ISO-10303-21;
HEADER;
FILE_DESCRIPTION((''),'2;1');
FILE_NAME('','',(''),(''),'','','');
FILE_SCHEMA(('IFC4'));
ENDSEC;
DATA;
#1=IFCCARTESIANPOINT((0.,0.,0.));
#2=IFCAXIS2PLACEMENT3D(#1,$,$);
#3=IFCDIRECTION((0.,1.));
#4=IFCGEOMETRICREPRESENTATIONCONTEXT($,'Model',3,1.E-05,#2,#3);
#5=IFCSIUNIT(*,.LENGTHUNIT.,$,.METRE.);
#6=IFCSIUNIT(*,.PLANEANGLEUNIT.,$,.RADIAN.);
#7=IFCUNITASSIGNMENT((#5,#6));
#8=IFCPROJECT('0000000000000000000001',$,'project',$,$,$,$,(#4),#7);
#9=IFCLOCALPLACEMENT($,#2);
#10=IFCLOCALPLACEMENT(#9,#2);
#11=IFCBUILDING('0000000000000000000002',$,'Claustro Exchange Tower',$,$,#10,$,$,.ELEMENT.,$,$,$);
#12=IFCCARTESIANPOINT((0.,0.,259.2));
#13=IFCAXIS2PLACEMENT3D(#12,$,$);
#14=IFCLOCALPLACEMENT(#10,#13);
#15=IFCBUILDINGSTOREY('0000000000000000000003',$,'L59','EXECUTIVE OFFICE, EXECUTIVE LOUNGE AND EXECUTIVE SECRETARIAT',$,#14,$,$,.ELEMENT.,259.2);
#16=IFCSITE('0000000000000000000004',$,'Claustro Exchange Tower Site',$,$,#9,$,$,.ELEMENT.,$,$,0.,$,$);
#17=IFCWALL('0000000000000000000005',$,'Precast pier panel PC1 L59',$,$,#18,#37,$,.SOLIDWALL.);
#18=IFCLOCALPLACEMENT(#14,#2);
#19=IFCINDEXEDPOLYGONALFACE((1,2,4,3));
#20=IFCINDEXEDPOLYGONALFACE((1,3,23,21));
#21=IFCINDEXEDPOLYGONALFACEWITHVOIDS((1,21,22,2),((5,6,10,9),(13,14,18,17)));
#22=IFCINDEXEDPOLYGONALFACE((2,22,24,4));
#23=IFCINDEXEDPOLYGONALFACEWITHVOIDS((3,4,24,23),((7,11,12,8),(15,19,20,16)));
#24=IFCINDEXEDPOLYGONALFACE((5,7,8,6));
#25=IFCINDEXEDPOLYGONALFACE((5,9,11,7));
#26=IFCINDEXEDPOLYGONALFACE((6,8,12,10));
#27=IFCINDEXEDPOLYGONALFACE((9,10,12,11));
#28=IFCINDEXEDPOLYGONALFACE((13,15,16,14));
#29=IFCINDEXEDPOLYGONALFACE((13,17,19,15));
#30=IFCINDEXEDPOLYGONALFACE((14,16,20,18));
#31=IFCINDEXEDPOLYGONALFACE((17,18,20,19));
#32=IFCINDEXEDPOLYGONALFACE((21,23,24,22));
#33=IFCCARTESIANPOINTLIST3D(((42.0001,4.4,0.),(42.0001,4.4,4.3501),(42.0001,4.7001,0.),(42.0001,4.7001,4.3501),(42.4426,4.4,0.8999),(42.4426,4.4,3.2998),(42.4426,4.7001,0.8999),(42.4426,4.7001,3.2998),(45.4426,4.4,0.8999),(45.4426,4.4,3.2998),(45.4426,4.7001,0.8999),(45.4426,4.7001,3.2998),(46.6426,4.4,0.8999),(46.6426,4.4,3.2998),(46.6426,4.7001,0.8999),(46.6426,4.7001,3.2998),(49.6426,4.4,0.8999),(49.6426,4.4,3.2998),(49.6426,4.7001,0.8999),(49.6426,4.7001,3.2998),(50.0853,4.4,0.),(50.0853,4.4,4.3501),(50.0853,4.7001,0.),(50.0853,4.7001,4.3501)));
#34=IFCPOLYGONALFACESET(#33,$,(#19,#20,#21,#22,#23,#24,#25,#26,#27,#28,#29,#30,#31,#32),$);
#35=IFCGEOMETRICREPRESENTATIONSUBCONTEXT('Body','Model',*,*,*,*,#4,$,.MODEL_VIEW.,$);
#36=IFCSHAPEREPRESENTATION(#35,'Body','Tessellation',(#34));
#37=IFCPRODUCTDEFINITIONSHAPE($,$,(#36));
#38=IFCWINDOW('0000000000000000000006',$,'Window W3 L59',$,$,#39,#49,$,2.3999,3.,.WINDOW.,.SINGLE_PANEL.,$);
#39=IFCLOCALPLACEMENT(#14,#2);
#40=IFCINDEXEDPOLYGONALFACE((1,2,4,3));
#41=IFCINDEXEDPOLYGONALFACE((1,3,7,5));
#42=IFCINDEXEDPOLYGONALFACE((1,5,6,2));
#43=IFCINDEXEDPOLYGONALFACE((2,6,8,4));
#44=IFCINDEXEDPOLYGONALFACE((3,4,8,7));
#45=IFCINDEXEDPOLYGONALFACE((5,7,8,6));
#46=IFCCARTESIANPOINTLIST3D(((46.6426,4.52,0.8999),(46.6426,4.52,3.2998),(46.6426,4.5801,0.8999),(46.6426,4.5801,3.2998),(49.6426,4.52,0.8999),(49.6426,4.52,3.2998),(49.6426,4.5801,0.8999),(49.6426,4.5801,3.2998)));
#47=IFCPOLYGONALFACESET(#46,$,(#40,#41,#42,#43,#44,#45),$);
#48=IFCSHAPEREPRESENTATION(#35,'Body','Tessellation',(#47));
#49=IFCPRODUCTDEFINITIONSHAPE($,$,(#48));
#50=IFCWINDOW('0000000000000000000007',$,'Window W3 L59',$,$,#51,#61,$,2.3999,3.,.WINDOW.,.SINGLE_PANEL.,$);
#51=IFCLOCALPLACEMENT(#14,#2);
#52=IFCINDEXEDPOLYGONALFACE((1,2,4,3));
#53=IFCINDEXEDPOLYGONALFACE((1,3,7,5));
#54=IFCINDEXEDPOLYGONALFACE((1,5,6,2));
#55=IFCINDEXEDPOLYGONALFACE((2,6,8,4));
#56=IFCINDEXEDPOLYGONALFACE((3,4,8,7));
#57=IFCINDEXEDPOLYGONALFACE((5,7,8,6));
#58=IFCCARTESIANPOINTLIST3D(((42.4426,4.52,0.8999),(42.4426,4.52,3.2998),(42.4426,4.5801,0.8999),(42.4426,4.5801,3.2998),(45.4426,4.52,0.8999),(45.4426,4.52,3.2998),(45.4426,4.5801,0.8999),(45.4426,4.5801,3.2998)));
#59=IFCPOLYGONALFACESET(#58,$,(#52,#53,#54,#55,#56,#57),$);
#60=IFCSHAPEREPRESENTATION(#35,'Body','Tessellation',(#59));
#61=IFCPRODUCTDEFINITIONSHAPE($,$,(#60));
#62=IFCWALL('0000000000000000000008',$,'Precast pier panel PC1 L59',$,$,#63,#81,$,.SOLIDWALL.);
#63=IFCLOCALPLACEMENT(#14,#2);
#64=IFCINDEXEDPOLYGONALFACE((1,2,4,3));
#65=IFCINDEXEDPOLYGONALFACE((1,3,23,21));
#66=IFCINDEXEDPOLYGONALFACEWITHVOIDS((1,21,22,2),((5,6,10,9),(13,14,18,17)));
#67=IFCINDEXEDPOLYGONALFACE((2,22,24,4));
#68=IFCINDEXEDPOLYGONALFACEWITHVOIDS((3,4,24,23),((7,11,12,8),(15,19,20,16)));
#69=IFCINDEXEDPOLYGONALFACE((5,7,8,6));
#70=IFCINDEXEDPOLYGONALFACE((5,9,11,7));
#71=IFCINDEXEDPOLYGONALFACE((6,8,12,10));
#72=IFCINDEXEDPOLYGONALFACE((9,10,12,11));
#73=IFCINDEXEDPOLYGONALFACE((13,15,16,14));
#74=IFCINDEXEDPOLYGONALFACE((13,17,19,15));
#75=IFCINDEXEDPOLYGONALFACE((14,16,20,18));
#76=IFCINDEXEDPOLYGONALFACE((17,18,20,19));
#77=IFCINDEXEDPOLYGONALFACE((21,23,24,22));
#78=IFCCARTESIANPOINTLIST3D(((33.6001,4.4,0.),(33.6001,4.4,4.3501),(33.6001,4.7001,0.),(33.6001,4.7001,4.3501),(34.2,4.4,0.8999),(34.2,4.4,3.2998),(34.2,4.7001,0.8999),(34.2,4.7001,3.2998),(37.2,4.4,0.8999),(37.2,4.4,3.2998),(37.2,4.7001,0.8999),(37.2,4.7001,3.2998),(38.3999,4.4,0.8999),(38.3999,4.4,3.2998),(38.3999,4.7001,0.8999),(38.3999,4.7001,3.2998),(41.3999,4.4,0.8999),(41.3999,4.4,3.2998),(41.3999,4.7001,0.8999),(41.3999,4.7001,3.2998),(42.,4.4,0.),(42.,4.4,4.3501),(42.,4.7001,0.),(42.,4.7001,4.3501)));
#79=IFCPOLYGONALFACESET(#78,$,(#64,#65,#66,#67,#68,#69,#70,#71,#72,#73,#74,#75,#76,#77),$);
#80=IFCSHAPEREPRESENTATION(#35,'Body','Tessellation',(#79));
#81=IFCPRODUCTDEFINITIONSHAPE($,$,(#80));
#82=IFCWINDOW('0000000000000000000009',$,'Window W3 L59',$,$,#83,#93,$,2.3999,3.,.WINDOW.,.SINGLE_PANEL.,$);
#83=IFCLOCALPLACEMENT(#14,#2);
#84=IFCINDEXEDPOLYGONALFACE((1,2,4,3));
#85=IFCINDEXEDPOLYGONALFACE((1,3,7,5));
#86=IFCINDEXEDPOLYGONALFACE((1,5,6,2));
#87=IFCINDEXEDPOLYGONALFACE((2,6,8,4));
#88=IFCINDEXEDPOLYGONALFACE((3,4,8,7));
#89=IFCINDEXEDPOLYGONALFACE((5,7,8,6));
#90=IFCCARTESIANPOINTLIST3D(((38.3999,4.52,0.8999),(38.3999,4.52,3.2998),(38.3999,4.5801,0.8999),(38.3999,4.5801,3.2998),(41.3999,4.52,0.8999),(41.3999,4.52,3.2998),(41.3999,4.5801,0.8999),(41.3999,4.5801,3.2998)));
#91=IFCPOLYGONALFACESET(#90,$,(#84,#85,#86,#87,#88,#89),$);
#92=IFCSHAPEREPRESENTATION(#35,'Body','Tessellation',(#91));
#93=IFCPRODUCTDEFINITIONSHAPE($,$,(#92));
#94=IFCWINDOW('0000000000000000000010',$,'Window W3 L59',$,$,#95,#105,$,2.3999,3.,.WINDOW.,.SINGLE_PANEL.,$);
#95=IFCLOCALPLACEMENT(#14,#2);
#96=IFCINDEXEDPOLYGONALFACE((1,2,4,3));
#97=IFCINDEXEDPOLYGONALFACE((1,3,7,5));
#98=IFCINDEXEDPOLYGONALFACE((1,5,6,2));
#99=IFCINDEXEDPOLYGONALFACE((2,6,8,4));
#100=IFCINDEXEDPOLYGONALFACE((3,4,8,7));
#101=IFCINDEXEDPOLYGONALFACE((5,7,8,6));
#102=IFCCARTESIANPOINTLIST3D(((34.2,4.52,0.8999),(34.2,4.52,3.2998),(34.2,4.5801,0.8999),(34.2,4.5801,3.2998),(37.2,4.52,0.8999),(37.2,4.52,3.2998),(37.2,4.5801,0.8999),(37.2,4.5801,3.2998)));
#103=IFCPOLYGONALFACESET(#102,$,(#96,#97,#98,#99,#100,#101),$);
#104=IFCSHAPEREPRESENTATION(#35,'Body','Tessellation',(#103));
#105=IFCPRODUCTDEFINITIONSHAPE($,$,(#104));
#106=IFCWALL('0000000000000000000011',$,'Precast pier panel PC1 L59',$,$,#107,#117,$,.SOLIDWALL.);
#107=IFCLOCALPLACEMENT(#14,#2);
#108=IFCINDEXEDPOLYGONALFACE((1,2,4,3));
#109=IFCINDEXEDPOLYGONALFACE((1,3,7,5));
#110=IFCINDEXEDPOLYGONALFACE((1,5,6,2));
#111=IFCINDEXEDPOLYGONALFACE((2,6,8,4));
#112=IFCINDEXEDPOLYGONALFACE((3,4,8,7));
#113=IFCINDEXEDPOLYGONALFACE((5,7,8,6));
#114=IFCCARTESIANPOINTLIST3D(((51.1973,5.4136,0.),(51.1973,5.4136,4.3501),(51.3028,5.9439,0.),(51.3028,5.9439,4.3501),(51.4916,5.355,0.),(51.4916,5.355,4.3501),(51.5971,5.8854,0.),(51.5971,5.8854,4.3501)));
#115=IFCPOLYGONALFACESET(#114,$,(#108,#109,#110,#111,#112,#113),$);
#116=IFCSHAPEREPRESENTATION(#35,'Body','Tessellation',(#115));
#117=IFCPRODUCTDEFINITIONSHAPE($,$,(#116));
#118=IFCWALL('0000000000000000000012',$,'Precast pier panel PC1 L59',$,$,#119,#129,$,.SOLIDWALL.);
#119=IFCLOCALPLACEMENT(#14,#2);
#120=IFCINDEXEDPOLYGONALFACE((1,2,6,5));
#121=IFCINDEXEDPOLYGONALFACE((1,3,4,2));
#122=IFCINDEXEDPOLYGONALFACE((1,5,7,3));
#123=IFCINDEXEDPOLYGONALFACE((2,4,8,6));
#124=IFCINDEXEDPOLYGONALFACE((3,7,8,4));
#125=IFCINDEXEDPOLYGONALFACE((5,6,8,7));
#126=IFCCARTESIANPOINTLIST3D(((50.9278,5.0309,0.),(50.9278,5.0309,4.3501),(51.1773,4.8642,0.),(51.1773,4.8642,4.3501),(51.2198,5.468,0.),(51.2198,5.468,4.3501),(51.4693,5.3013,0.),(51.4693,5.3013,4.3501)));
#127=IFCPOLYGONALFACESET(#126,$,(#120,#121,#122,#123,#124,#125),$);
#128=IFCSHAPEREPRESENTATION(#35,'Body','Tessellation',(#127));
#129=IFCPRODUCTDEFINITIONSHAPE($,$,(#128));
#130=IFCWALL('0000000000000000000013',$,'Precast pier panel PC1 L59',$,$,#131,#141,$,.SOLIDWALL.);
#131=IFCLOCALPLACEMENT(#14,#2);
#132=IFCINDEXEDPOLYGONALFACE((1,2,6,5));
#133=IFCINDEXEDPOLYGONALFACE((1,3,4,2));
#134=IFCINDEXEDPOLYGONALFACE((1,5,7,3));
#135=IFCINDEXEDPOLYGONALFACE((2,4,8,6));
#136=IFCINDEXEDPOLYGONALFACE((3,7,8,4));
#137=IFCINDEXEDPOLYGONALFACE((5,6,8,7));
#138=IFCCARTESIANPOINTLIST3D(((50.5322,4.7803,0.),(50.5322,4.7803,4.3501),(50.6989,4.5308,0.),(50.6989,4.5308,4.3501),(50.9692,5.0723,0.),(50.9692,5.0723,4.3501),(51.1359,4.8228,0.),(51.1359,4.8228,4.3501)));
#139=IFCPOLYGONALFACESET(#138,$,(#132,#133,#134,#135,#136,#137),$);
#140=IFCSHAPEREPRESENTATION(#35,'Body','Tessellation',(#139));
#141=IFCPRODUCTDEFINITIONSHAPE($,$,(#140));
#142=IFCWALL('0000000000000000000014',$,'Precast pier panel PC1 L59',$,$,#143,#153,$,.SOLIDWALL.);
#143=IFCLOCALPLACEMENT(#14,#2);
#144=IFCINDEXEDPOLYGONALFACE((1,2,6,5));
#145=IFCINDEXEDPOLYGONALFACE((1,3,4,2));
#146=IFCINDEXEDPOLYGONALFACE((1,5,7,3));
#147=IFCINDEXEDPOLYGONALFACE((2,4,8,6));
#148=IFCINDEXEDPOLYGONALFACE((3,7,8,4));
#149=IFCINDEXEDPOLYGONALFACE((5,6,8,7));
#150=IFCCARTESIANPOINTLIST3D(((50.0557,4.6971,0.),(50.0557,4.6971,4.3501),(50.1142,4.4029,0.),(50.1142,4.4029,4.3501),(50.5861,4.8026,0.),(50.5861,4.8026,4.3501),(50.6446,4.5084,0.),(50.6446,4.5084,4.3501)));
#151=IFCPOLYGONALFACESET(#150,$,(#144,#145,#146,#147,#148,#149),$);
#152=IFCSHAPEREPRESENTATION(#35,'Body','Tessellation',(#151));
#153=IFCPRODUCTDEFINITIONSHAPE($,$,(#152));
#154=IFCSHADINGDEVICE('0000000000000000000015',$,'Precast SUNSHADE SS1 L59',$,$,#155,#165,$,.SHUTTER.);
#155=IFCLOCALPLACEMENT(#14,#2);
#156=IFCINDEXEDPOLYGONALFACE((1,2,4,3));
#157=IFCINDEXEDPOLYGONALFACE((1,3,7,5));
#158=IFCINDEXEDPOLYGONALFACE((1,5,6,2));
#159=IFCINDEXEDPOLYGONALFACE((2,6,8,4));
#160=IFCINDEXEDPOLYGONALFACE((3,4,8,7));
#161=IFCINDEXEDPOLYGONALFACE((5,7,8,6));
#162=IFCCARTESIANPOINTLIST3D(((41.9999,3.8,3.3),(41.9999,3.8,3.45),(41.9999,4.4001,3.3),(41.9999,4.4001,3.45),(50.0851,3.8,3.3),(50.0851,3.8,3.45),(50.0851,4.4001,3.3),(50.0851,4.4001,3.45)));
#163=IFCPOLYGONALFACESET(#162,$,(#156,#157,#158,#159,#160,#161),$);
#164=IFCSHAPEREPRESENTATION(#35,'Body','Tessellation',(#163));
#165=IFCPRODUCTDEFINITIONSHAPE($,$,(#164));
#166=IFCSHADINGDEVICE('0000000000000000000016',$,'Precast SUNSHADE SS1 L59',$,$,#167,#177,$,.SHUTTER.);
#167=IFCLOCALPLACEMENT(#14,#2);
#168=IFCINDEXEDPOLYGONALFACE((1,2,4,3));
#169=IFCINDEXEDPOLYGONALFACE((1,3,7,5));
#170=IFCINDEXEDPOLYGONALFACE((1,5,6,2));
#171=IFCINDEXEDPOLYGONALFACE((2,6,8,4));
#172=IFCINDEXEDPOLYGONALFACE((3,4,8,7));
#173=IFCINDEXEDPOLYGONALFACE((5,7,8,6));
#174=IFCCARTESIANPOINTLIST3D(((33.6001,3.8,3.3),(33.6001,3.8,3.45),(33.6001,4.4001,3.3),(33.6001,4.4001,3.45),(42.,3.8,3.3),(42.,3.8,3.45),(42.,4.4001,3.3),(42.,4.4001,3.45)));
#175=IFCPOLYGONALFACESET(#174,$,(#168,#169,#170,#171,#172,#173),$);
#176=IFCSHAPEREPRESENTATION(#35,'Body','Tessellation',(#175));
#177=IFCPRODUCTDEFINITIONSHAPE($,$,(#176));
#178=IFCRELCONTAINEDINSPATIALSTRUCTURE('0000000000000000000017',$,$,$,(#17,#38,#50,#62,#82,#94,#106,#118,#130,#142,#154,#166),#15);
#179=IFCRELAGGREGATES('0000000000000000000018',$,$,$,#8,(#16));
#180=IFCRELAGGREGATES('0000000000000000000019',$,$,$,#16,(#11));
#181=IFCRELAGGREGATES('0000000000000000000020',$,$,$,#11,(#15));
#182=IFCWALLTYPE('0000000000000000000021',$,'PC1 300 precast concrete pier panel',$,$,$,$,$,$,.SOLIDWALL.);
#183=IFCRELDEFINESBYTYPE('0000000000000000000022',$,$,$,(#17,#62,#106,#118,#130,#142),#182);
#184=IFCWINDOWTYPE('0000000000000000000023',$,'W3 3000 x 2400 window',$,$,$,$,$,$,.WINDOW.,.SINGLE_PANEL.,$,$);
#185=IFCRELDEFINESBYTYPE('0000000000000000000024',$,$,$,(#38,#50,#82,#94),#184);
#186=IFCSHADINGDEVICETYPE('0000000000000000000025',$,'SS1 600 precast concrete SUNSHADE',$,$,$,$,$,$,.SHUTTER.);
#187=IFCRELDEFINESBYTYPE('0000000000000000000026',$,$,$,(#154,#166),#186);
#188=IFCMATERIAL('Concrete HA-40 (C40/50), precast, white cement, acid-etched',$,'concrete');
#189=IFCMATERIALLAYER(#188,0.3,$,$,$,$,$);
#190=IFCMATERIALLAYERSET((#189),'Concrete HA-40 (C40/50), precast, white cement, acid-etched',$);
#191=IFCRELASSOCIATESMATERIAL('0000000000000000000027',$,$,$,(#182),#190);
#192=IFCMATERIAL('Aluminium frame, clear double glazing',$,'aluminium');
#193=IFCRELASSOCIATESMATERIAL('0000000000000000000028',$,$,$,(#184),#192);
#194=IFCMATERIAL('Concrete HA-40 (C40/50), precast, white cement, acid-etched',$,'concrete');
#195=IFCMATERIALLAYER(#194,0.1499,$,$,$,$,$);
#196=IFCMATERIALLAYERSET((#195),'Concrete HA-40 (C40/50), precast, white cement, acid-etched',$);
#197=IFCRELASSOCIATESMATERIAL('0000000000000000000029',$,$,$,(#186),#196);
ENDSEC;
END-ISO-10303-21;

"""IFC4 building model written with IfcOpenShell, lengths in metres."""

from ifc_helpers import new_model, si_unit, direction, frame, frame_2d, origin, origin_2d, place, context, subcontext, project, spatial, rectangle, extrude, material, layer, layer_set, type_object, element, fill, save


model = new_model("IFC4")

# Units and contexts
model_context = context("Model", 3, precision=1e-05, world=origin(), true_north=direction((0.0, 1.0)))
body_context = subcontext(model_context, "Body", "Model", "MODEL_VIEW")
ifc_project = project(units=[si_unit("LENGTHUNIT", "METRE"), si_unit("PLANEANGLEUNIT", "RADIAN")], contexts=[model_context])

# Site, building, storey
site_placement = place(None, origin())
site = spatial("IfcSite", under=ifc_project, at=site_placement, Name="Claustro Exchange Tower Site", CompositionType="ELEMENT", RefElevation=0.0)
building_placement = place(site_placement, origin())
building = spatial("IfcBuilding", under=site, at=building_placement, Name="Claustro Exchange Tower", CompositionType="ELEMENT")
storey_placement = place(building_placement, frame((0.0, 0.0, 259.2)))
storey = spatial("IfcBuildingStorey", under=building, at=storey_placement, Name="L59", Description="EXECUTIVE OFFICE, EXECUTIVE LOUNGE AND EXECUTIVE SECRETARIAT", CompositionType="ELEMENT", Elevation=259.2)

# Walls, openings, windows
ifc_material_1 = material(Name="Concrete HA-40 (C40/50), precast, white cement, acid-etched", Category="concrete")
ifc_layer_1 = layer(ifc_material_1, 0.3)
ifc_layer_set_1 = layer_set([ifc_layer_1], Name="Concrete HA-40 (C40/50), precast, white cement, acid-etched")
wall_type_1 = type_object("IfcWallType", Name="PC1 300 precast concrete pier panel", PredefinedType="SOLIDWALL", material=ifc_layer_set_1)
wall_1_placement = place(storey_placement, frame((50.0852, 4.55, 0.0), z_axis=(0.0, 0.0, 1.0), x_axis=(-1.0, 0.0, 0.0)))
wall_1 = element("IfcWall", 1, at=wall_1_placement, inside=storey, type_object=wall_type_1, Name="Precast pier panel PC1 L59", PredefinedType="SOLIDWALL", context=body_context, shape_type="SweptSolid", body=[
    extrude(rectangle(XDim=8.0852, YDim=0.3, at=frame_2d((4.0425, 0.0))), origin(), (0.0, 0.0, 1.0), 4.3501),
])
opening_1_placement = place(wall_1_placement, frame((0.4426, 0.0, 0.8999)))
opening_1 = element("IfcOpeningElement", 2, at=opening_1_placement, cuts=wall_1, PredefinedType="OPENING", context=body_context, shape_type="SweptSolid", body=[
    extrude(rectangle(XDim=3.0, YDim=2.3999, at=frame_2d((1.5, 1.2))), frame((0.0, 0.1599, 0.0), z_axis=(0.0, -1.0, 0.0), x_axis=(1.0, 0.0, 0.0)), (0.0, 0.0, 1.0), 0.3201),
])
opening_2_placement = place(wall_1_placement, frame((4.6426, 0.0, 0.8999)))
opening_2 = element("IfcOpeningElement", 3, at=opening_2_placement, cuts=wall_1, PredefinedType="OPENING", context=body_context, shape_type="SweptSolid", body=[
    extrude(rectangle(XDim=3.0, YDim=2.3999, at=frame_2d((1.5, 1.2))), frame((0.0, 0.1599, 0.0), z_axis=(0.0, -1.0, 0.0), x_axis=(1.0, 0.0, 0.0)), (0.0, 0.0, 1.0), 0.3201),
])
ifc_material_2 = material(Name="Aluminium frame, clear double glazing", Category="aluminium")
window_type = type_object("IfcWindowType", Name="W3 3000 x 2400 window", PartitioningType="SINGLE_PANEL", PredefinedType="WINDOW", material=ifc_material_2)
window_1_placement = place(opening_1_placement, origin())
window_1 = element("IfcWindow", 4, at=window_1_placement, inside=storey, type_object=window_type, Name="Window W3 L59", OverallHeight=2.3999, OverallWidth=3.0, PartitioningType="SINGLE_PANEL", PredefinedType="WINDOW", context=body_context, shape_type="SweptSolid", body=[
    extrude(rectangle(XDim=3.0, YDim=2.3999, at=frame_2d((1.5, 1.2))), frame((0.0, 0.03, 0.0), z_axis=(0.0, -1.0, 0.0), x_axis=(1.0, 0.0, 0.0)), (0.0, 0.0, 1.0), 0.0601),
])
fill(opening_1, window_1)
window_2_placement = place(opening_2_placement, origin())
window_2 = element("IfcWindow", 5, at=window_2_placement, inside=storey, type_object=window_type, Name="Window W3 L59", OverallHeight=2.3999, OverallWidth=3.0, PartitioningType="SINGLE_PANEL", PredefinedType="WINDOW", context=body_context, shape_type="SweptSolid", body=[
    extrude(rectangle(XDim=3.0, YDim=2.3999, at=frame_2d((1.5, 1.2))), frame((0.0, 0.03, 0.0), z_axis=(0.0, -1.0, 0.0), x_axis=(1.0, 0.0, 0.0)), (0.0, 0.0, 1.0), 0.0601),
])
fill(opening_2, window_2)
wall_2_placement = place(storey_placement, frame((42.0, 4.55, 0.0), z_axis=(0.0, 0.0, 1.0), x_axis=(-1.0, 0.0, 0.0)))
wall_2 = element("IfcWall", 6, at=wall_2_placement, inside=storey, type_object=wall_type_1, Name="Precast pier panel PC1 L59", PredefinedType="SOLIDWALL", context=body_context, shape_type="SweptSolid", body=[
    extrude(rectangle(XDim=8.3999, YDim=0.3, at=frame_2d((4.2, 0.0))), origin(), (0.0, 0.0, 1.0), 4.3501),
])
opening_3_placement = place(wall_2_placement, frame((0.6001, 0.0, 0.8999)))
opening_3 = element("IfcOpeningElement", 7, at=opening_3_placement, cuts=wall_2, PredefinedType="OPENING", context=body_context, shape_type="SweptSolid", body=[
    extrude(rectangle(XDim=3.0, YDim=2.3999, at=frame_2d((1.5, 1.2))), frame((0.0, 0.1599, 0.0), z_axis=(0.0, -1.0, 0.0), x_axis=(1.0, 0.0, 0.0)), (0.0, 0.0, 1.0), 0.3201),
])
opening_4_placement = place(wall_2_placement, frame((4.8, 0.0, 0.8999)))
opening_4 = element("IfcOpeningElement", 8, at=opening_4_placement, cuts=wall_2, PredefinedType="OPENING", context=body_context, shape_type="SweptSolid", body=[
    extrude(rectangle(XDim=3.0, YDim=2.3999, at=frame_2d((1.5, 1.2))), frame((0.0, 0.1599, 0.0), z_axis=(0.0, -1.0, 0.0), x_axis=(1.0, 0.0, 0.0)), (0.0, 0.0, 1.0), 0.3201),
])
window_3_placement = place(opening_3_placement, origin())
window_3 = element("IfcWindow", 9, at=window_3_placement, inside=storey, type_object=window_type, Name="Window W3 L59", OverallHeight=2.3999, OverallWidth=3.0, PartitioningType="SINGLE_PANEL", PredefinedType="WINDOW", context=body_context, shape_type="SweptSolid", body=[
    extrude(rectangle(XDim=3.0, YDim=2.3999, at=frame_2d((1.5, 1.2))), frame((0.0, 0.03, 0.0), z_axis=(0.0, -1.0, 0.0), x_axis=(1.0, 0.0, 0.0)), (0.0, 0.0, 1.0), 0.0601),
])
fill(opening_3, window_3)
window_4_placement = place(opening_4_placement, origin())
window_4 = element("IfcWindow", 10, at=window_4_placement, inside=storey, type_object=window_type, Name="Window W3 L59", OverallHeight=2.3999, OverallWidth=3.0, PartitioningType="SINGLE_PANEL", PredefinedType="WINDOW", context=body_context, shape_type="SweptSolid", body=[
    extrude(rectangle(XDim=3.0, YDim=2.3999, at=frame_2d((1.5, 1.2))), frame((0.0, 0.03, 0.0), z_axis=(0.0, -1.0, 0.0), x_axis=(1.0, 0.0, 0.0)), (0.0, 0.0, 1.0), 0.0601),
])
fill(opening_4, window_4)

# Walls
wall_3_placement = place(storey_placement, frame((51.45, 5.9148, 0.0), z_axis=(0.0, 0.0, 1.0), x_axis=(-0.195074, -0.980789, 0.0)))
element("IfcWall", 11, at=wall_3_placement, inside=storey, type_object=wall_type_1, Name="Precast pier panel PC1 L59", PredefinedType="SOLIDWALL", context=body_context, shape_type="SweptSolid", body=[
    extrude(rectangle(XDim=0.5408, YDim=0.3, at=frame_2d((0.2705, 0.0))), origin(), (0.0, 0.0, 1.0), 4.3501),
])
for number, where, z_axis, x_axis, name in (
    (12, (51.3445, 5.3845, 0.0), (0.0, 0.0, 1.0), (-0.555557, -0.831478, 0.0), "Precast pier panel PC1 L59"),
    (13, (51.0525, 4.9475, 0.0), (0.0, 0.0, 1.0), (-0.831478, -0.555557, 0.0), "Precast pier panel PC1 L59"),
):
    element("IfcWall", number, at=place(storey_placement, frame(where, z_axis=z_axis, x_axis=x_axis)), inside=storey, type_object=wall_type_1, Name=name, PredefinedType="SOLIDWALL", context=body_context, shape_type="SweptSolid", body=[
        extrude(rectangle(XDim=0.5256, YDim=0.3, at=frame_2d((0.2627, 0.0))), origin(), (0.0, 0.0, 1.0), 4.3501),
    ])
wall_4_placement = place(storey_placement, frame((50.6155, 4.6555, 0.0), z_axis=(0.0, 0.0, 1.0), x_axis=(-0.980789, -0.195074, 0.0)))
element("IfcWall", 14, at=wall_4_placement, inside=storey, type_object=wall_type_1, Name="Precast pier panel PC1 L59", PredefinedType="SOLIDWALL", context=body_context, shape_type="SweptSolid", body=[
    extrude(rectangle(XDim=0.5408, YDim=0.3, at=frame_2d((0.2705, 0.0))), origin(), (0.0, 0.0, 1.0), 4.3501),
])

# Shading devices
ifc_material_3 = material(Name="Concrete HA-40 (C40/50), precast, white cement, acid-etched", Category="concrete")
ifc_layer_2 = layer(ifc_material_3, 0.1499)
ifc_layer_set_2 = layer_set([ifc_layer_2], Name="Concrete HA-40 (C40/50), precast, white cement, acid-etched")
shading_device_type = type_object("IfcShadingDeviceType", Name="SS1 600 precast concrete SUNSHADE", PredefinedType="SHUTTER", material=ifc_layer_set_2)
shading_device_1_placement = place(storey_placement, frame((46.0425, 4.1001, 3.3), z_axis=(0.0, 0.0, 1.0), x_axis=(-1.0, 0.0, 0.0)))
element("IfcShadingDevice", 15, at=shading_device_1_placement, inside=storey, type_object=shading_device_type, Name="Precast SUNSHADE SS1 L59", PredefinedType="SHUTTER", context=body_context, shape_type="SweptSolid", body=[
    extrude(rectangle(XDim=8.0852, YDim=0.6001, at=origin_2d()), origin(), (0.0, 0.0, 1.0), 0.1499),
])
shading_device_2_placement = place(storey_placement, frame((37.8, 4.1001, 3.3), z_axis=(0.0, 0.0, 1.0), x_axis=(-1.0, 0.0, 0.0)))
element("IfcShadingDevice", 16, at=shading_device_2_placement, inside=storey, type_object=shading_device_type, Name="Precast SUNSHADE SS1 L59", PredefinedType="SHUTTER", context=body_context, shape_type="SweptSolid", body=[
    extrude(rectangle(XDim=8.3999, YDim=0.6001, at=origin_2d()), origin(), (0.0, 0.0, 1.0), 0.1499),
])

save(model, "model.ifc")
